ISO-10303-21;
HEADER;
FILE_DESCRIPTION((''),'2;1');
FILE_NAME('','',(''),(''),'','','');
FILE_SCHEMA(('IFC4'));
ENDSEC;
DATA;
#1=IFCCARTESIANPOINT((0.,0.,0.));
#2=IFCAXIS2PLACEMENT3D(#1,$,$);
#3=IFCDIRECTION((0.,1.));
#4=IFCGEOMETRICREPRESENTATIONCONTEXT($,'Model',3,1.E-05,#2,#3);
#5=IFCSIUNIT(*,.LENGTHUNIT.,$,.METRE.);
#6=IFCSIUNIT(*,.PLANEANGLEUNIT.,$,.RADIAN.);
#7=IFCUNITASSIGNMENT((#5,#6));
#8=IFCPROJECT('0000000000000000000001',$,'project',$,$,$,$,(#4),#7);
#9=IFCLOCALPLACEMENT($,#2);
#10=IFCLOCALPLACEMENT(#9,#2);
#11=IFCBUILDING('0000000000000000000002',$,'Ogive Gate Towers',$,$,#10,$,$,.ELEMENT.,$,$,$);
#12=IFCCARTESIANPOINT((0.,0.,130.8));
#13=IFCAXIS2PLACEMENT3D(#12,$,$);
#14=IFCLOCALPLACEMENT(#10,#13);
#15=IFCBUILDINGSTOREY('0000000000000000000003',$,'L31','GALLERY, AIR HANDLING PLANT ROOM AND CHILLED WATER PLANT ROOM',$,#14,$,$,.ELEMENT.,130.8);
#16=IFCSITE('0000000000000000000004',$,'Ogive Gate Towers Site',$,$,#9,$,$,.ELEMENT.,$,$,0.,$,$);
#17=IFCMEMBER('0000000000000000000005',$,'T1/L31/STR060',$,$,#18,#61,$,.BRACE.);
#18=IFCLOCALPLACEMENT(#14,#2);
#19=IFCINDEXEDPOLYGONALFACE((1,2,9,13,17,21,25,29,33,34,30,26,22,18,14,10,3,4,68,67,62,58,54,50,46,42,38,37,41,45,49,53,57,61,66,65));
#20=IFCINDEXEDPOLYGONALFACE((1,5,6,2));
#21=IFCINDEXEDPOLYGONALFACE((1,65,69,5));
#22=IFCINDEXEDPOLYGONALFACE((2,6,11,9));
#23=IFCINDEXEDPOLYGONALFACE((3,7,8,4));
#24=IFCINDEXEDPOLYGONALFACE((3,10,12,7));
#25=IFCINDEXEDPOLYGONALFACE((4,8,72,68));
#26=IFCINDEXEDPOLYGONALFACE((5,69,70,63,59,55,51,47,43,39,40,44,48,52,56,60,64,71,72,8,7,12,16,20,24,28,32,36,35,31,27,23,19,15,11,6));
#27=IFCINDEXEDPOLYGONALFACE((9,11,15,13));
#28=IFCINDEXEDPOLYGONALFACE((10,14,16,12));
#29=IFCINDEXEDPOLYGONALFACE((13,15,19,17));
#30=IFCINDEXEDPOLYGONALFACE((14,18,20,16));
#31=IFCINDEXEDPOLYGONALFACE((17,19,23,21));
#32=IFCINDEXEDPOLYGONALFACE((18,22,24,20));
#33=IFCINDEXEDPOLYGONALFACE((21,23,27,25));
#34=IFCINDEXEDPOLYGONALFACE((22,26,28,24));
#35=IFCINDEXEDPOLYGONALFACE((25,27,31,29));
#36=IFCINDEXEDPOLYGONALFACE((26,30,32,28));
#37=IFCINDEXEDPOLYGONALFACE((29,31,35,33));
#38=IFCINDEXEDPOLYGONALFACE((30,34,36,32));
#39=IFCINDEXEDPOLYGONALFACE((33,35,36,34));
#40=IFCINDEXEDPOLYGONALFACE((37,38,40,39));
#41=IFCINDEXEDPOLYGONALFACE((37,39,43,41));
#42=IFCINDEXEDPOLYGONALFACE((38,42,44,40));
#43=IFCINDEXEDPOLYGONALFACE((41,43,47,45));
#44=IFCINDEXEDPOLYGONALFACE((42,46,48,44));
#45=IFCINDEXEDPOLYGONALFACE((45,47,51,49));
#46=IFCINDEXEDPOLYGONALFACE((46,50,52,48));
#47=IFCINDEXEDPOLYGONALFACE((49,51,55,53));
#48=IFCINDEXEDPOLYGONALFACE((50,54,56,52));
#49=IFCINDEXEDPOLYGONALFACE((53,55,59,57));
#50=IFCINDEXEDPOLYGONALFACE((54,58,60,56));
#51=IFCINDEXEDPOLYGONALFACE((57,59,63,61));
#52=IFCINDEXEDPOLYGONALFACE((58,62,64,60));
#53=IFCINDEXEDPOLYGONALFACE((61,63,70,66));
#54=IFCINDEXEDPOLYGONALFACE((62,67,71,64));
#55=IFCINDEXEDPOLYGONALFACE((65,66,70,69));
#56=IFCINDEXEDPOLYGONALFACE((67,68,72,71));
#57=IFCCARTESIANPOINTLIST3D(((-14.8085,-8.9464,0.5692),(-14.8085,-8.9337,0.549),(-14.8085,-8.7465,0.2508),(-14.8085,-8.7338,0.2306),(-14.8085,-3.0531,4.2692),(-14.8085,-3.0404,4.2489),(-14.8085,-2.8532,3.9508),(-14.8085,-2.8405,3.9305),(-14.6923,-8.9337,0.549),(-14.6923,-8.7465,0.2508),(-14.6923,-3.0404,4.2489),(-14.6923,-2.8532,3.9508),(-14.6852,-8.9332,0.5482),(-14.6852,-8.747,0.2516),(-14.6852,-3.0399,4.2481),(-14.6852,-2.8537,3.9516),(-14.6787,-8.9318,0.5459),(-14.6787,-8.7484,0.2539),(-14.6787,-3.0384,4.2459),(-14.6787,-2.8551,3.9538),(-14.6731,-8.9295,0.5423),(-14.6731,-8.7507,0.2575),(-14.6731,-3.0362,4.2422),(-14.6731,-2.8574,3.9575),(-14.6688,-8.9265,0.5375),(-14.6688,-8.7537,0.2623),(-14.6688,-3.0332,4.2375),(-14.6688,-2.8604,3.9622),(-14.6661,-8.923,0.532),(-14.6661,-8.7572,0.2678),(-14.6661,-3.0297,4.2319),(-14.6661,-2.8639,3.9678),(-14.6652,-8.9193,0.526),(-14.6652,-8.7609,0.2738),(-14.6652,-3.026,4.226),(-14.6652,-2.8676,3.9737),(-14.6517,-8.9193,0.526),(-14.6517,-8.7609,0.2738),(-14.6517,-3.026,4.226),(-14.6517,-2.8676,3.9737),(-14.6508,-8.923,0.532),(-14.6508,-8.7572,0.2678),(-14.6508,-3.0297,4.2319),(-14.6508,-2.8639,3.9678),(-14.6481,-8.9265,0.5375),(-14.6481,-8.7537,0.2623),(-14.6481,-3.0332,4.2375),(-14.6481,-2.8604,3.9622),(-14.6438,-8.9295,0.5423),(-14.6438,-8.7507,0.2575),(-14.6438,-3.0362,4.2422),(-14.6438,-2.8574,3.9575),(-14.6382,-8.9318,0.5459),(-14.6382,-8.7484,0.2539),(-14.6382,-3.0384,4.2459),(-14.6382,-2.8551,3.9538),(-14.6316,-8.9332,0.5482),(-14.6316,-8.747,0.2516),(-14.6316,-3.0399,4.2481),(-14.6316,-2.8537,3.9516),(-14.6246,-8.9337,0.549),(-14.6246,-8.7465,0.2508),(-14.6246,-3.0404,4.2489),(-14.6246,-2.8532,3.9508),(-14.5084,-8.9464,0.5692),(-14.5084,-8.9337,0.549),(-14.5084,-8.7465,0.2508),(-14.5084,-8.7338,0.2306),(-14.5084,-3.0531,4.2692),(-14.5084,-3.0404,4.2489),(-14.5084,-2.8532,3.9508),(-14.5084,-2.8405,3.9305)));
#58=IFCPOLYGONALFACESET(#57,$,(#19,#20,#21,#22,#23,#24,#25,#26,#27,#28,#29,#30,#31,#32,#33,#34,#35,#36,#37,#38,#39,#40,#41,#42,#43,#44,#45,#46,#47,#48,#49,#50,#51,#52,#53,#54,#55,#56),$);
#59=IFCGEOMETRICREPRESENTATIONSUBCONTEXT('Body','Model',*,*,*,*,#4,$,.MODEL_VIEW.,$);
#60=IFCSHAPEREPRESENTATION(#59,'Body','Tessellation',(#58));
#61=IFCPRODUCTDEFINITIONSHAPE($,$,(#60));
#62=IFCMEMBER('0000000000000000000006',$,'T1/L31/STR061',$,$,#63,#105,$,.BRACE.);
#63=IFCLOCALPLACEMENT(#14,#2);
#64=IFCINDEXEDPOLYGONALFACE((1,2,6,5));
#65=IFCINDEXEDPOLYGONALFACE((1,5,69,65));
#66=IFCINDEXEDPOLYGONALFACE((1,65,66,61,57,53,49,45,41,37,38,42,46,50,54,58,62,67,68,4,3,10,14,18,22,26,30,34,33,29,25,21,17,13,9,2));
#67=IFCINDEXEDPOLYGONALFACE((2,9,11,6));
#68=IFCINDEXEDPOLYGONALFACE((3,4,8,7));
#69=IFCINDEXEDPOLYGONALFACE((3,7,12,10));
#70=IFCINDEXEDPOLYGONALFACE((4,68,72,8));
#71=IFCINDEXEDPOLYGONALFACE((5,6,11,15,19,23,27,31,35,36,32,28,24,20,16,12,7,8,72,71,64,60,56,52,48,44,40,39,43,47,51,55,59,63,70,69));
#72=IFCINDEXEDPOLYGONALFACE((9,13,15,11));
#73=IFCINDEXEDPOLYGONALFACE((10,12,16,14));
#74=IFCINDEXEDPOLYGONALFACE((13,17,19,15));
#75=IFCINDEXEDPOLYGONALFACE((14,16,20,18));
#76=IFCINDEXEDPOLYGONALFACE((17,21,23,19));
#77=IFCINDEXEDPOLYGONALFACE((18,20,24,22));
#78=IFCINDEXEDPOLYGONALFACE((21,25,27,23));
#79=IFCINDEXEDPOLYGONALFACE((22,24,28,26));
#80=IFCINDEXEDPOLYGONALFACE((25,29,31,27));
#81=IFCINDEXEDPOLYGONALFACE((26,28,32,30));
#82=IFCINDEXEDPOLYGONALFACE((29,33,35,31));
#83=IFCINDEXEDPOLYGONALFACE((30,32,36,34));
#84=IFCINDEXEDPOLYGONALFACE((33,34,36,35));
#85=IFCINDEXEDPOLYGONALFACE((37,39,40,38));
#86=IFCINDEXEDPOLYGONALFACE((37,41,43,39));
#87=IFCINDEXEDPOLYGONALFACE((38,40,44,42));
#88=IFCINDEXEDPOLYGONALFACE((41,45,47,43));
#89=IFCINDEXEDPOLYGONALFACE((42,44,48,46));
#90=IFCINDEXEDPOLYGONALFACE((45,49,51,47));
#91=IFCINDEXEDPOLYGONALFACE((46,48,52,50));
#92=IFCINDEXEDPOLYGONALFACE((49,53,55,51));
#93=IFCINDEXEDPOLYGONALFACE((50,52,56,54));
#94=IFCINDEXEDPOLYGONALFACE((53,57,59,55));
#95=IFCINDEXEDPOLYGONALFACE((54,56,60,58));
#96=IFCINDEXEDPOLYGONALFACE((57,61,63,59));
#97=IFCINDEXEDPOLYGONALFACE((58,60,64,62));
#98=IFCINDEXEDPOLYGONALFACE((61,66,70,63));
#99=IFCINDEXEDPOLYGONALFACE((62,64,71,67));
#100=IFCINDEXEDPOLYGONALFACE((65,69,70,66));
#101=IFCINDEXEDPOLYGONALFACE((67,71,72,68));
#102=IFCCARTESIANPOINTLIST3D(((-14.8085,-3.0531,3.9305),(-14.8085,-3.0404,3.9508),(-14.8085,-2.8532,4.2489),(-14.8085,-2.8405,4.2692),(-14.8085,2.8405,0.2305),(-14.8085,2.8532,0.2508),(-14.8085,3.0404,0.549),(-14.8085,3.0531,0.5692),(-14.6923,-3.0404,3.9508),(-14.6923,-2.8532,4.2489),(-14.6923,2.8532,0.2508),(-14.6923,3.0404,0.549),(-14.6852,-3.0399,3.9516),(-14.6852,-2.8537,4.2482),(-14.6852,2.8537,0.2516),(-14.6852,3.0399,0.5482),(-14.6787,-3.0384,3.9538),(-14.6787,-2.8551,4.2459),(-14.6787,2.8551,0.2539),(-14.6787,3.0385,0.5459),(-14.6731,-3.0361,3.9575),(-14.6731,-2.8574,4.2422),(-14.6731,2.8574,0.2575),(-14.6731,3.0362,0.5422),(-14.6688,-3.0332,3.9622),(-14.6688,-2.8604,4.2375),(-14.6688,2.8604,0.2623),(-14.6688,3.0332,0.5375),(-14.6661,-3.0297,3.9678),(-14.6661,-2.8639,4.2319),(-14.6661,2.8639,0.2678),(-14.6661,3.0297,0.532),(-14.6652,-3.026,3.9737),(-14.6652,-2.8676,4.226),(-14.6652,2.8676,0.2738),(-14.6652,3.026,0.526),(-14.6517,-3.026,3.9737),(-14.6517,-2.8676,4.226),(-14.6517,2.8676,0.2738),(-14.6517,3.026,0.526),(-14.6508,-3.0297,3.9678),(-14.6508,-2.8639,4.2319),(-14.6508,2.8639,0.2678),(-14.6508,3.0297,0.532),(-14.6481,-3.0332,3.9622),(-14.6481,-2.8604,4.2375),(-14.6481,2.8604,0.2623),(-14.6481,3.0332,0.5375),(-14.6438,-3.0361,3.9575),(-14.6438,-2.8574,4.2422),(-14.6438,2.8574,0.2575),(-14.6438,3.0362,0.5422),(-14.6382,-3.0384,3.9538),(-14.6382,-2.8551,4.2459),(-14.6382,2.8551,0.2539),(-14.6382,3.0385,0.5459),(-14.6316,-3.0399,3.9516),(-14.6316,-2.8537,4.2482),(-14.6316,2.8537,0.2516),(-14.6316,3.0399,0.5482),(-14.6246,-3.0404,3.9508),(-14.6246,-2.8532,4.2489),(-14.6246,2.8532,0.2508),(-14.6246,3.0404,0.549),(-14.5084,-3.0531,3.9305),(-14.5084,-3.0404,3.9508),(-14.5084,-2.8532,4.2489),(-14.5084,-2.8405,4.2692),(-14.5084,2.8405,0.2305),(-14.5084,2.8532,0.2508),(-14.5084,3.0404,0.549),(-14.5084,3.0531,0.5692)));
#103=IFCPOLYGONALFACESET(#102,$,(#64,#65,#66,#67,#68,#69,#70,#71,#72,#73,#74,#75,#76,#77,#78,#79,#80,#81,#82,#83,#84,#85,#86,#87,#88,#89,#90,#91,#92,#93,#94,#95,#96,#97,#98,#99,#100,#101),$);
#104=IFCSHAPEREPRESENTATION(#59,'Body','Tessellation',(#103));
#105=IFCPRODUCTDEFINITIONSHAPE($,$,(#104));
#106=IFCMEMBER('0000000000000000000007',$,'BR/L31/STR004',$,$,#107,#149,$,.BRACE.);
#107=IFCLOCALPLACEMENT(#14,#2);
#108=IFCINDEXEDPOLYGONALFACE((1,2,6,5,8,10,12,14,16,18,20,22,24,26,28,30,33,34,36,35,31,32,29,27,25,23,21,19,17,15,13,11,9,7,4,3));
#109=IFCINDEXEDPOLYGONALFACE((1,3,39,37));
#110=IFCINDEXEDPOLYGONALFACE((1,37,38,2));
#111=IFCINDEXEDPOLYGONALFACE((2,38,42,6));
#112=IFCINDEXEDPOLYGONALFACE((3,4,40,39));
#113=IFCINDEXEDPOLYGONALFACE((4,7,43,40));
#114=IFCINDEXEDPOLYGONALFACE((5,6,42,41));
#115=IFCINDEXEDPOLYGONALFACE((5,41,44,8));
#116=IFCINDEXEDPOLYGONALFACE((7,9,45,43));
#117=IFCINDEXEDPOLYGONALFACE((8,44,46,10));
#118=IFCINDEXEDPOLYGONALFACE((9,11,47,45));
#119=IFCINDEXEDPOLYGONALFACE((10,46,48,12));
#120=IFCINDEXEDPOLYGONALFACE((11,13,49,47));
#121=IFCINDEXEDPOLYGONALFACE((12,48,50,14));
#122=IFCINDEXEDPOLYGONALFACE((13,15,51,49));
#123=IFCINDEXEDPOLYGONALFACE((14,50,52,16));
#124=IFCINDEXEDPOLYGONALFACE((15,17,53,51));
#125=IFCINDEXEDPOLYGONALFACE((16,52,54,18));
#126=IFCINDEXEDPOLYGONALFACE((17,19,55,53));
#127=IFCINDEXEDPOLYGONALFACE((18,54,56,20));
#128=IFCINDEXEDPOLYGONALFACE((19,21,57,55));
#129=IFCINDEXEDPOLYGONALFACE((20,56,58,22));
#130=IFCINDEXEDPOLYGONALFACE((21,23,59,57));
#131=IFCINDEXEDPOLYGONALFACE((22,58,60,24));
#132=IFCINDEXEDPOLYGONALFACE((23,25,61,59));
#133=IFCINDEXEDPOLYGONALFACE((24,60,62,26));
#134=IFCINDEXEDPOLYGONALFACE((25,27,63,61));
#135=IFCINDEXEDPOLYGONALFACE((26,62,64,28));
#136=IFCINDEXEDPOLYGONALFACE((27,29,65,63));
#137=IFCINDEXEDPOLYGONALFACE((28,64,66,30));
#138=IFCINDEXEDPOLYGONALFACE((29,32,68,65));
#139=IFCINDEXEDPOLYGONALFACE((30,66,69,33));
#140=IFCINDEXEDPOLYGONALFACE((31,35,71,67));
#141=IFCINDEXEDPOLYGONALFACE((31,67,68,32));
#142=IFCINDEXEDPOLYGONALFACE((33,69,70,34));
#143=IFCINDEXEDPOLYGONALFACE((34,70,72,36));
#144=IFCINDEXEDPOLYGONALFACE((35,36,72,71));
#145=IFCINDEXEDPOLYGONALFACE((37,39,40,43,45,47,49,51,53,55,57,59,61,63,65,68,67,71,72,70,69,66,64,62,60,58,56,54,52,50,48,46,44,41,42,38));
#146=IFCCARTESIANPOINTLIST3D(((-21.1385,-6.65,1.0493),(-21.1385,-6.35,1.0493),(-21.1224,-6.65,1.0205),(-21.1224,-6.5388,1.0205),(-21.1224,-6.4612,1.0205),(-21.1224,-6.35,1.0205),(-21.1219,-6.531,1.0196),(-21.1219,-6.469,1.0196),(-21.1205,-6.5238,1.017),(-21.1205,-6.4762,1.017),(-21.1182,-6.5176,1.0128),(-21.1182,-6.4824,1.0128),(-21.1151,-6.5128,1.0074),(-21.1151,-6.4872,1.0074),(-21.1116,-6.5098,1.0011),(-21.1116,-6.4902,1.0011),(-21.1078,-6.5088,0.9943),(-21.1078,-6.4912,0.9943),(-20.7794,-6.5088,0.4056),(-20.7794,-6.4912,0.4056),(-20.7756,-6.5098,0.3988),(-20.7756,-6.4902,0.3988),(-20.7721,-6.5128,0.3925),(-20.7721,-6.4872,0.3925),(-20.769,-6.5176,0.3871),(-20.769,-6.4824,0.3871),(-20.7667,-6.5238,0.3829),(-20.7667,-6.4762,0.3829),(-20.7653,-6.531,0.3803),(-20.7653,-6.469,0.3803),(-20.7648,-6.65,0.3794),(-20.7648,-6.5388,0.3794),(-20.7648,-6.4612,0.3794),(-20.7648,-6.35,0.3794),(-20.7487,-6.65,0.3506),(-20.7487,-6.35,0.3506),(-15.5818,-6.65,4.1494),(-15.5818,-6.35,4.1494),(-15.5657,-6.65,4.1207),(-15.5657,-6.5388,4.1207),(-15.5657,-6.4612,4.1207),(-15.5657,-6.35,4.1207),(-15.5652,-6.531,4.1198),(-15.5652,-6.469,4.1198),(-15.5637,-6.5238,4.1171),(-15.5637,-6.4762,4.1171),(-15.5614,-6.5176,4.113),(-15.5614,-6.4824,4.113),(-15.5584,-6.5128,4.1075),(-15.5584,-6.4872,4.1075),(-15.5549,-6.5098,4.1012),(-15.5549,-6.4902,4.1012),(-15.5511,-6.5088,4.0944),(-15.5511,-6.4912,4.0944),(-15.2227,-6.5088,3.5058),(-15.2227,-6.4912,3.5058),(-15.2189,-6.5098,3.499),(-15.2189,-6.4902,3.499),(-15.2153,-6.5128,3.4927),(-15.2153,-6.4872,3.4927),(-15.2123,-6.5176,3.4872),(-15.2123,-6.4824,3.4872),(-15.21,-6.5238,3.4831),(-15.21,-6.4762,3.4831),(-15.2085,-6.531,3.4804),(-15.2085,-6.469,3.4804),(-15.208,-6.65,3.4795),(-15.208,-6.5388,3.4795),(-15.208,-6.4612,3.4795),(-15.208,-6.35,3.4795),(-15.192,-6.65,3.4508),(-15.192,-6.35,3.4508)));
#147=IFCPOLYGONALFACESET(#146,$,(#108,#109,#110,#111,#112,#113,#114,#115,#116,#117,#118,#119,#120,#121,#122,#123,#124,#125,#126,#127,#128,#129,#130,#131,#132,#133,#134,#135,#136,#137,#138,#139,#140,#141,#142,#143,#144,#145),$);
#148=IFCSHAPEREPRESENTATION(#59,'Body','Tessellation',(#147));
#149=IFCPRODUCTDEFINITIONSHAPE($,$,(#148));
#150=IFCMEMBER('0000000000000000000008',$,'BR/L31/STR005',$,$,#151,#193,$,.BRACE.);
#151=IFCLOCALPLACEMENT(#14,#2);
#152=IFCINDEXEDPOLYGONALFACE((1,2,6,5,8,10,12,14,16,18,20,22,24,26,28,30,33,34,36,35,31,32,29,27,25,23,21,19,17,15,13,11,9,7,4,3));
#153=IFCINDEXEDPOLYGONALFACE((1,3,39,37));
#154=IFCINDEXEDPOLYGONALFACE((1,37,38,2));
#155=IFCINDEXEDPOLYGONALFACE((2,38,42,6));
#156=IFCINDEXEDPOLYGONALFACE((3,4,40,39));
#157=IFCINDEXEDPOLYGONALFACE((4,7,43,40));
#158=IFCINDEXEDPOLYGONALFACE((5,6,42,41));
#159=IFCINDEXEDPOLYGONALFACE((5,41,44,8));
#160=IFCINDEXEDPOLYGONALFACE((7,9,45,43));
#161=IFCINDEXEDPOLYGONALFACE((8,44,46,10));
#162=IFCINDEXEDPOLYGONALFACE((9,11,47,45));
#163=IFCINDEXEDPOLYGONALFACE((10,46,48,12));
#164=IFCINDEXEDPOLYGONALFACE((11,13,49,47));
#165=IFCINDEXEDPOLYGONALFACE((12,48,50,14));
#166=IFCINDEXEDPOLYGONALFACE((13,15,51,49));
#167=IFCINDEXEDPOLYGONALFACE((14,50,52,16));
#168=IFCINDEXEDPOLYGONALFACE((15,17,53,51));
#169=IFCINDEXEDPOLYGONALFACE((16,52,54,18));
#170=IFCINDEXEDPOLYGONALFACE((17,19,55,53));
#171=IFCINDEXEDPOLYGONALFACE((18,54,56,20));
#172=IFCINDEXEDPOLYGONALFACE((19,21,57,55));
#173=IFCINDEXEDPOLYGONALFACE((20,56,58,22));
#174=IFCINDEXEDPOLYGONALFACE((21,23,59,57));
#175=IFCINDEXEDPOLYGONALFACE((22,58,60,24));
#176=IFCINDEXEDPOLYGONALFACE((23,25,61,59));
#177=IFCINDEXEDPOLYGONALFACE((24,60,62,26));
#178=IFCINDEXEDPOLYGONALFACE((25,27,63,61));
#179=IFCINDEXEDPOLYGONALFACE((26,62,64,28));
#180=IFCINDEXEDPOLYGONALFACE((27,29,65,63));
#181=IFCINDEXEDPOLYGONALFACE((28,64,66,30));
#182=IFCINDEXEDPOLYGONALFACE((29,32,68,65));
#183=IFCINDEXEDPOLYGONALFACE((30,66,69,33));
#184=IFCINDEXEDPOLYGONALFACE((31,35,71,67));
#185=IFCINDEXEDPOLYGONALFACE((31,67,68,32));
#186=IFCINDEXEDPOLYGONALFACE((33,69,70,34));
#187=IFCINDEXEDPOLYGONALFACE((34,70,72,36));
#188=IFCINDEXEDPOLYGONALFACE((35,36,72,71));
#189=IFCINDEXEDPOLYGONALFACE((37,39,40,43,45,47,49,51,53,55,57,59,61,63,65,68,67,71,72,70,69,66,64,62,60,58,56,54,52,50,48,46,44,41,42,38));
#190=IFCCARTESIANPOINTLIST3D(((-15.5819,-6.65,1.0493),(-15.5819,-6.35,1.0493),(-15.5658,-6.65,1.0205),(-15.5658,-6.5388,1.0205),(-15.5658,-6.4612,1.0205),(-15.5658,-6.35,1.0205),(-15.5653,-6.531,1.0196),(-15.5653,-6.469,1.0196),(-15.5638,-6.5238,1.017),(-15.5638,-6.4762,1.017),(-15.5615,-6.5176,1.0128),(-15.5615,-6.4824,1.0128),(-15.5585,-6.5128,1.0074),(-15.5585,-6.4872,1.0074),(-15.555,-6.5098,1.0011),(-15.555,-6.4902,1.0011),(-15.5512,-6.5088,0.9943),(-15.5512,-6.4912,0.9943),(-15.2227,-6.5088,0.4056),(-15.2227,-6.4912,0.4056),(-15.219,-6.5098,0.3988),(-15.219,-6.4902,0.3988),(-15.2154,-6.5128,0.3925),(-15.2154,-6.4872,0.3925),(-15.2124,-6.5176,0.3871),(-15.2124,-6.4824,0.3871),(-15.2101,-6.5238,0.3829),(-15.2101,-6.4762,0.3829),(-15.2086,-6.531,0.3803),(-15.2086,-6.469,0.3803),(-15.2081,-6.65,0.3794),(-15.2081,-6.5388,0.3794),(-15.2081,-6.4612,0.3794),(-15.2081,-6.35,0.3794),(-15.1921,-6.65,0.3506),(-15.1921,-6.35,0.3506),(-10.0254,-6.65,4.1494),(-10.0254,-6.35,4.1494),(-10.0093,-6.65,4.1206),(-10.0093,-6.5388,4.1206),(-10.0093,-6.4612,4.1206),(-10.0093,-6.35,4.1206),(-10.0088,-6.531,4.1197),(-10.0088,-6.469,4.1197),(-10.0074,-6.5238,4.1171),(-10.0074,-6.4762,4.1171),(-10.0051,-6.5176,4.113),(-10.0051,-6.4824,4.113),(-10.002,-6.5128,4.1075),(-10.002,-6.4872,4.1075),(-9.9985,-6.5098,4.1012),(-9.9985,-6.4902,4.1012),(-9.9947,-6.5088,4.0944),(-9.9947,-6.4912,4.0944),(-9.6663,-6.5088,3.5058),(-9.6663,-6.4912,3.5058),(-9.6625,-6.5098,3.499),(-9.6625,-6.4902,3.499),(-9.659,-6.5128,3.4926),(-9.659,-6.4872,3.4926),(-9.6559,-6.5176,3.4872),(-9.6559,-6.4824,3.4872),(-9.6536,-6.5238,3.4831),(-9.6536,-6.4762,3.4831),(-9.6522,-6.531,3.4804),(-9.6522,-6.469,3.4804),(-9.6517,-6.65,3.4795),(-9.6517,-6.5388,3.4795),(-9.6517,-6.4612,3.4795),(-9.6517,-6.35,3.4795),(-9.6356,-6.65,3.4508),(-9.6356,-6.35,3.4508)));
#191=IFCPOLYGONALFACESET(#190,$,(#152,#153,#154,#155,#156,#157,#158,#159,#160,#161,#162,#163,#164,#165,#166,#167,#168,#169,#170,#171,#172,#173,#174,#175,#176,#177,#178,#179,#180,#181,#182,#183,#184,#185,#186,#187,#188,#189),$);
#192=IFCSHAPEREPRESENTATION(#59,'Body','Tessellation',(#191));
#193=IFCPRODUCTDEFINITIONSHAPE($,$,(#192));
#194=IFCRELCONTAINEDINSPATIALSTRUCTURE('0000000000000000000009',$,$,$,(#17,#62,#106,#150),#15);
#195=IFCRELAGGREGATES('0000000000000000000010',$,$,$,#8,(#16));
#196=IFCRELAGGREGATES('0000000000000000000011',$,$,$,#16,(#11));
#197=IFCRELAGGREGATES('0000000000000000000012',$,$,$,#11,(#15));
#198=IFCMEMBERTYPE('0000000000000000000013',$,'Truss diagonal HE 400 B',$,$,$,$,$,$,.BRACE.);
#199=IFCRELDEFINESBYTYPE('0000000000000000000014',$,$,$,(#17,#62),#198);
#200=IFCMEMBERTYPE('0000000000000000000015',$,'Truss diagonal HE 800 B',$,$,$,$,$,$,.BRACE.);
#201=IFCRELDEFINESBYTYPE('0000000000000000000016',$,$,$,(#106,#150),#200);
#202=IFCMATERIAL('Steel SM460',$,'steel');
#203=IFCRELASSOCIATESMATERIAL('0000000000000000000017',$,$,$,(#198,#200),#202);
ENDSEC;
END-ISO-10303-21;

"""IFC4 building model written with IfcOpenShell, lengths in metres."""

from ifc_helpers import new_model, si_unit, direction, frame, origin, origin_2d, place, context, subcontext, project, spatial, i_section, extrude, material, material_profile, profile_set, type_object, element, save


model = new_model("IFC4")

# Units and contexts
model_context = context("Model", 3, precision=1e-05, world=origin(), true_north=direction((0.0, 1.0)))
body_context = subcontext(model_context, "Body", "Model", "MODEL_VIEW")
ifc_project = project(units=[si_unit("LENGTHUNIT", "METRE"), si_unit("PLANEANGLEUNIT", "RADIAN")], contexts=[model_context])

# Site, building, storey
site_placement = place(None, origin())
site = spatial("IfcSite", under=ifc_project, at=site_placement, Name="Ogive Gate Towers Site", CompositionType="ELEMENT", RefElevation=0.0)
building_placement = place(site_placement, origin())
building = spatial("IfcBuilding", under=site, at=building_placement, Name="Ogive Gate Towers", CompositionType="ELEMENT")
storey_placement = place(building_placement, frame((0.0, 0.0, 130.8)))
storey = spatial("IfcBuildingStorey", under=building, at=storey_placement, Name="L31", Description="GALLERY, AIR HANDLING PLANT ROOM AND CHILLED WATER PLANT ROOM", CompositionType="ELEMENT", Elevation=130.8)

# Shared definitions
ifc_material_1 = material(Name="Steel SM460", Category="steel")

# Members
ifc_material_profile_1 = material_profile(ifc_material_1, i_section(OverallWidth=0.3, OverallDepth=0.3999, WebThickness=0.0134, FlangeThickness=0.0239, FilletRadius=0.0271, at=origin_2d()), Name="HE 400 B")
ifc_profile_set_1 = profile_set([ifc_material_profile_1], Name="Steel SM460")
member_type_1 = type_object("IfcMemberType", Name="Truss diagonal HE 400 B", PredefinedType="BRACE", material=ifc_profile_set_1)
for number, where, z_axis, x_axis, name in (
    (1, (-14.6584, -8.8401, 0.3999), (0.0, 0.846922, 0.531717), (-1.0, 0.0, 0.0), "T1/L31/STR060"),
):
    element("IfcMember", number, at=place(storey_placement, frame(where, z_axis=z_axis, x_axis=x_axis)), inside=storey, type_object=member_type_1, Name=name, PredefinedType="BRACE", context=body_context, shape_type="SweptSolid", body=[
        extrude(i_section(OverallWidth=0.3, OverallDepth=0.3999, WebThickness=0.0134, FlangeThickness=0.0239, FilletRadius=0.0271, at=origin_2d()), origin(), (0.0, 0.0, 1.0), 6.9585),
    ])
member_1_placement = place(storey_placement, frame((-14.6584, -2.9468, 4.0999), z_axis=(0.0, 0.846932, -0.531701), x_axis=(-1.0, 0.0, 0.0)))
element("IfcMember", 2, at=member_1_placement, inside=storey, type_object=member_type_1, Name="T1/L31/STR061", PredefinedType="BRACE", context=body_context, shape_type="SweptSolid", body=[
    extrude(i_section(OverallWidth=0.3, OverallDepth=0.3999, WebThickness=0.0134, FlangeThickness=0.0239, FilletRadius=0.0271, at=origin_2d()), origin(), (0.0, 0.0, 1.0), 6.9587),
])
ifc_material_profile_2 = material_profile(ifc_material_1, i_section(OverallWidth=0.3, OverallDepth=0.8, WebThickness=0.0176, FlangeThickness=0.033, FilletRadius=0.03, at=origin_2d()), Name="HE 800 B")
ifc_profile_set_2 = profile_set([ifc_material_profile_2], Name="Steel SM460")
member_type_2 = type_object("IfcMemberType", Name="Truss diagonal HE 800 B", PredefinedType="BRACE", material=ifc_profile_set_2)
member_2_placement = place(storey_placement, frame((-20.9436, -6.5, 0.7), z_axis=(0.873284, 0.0, 0.487212), x_axis=(0.0, 1.0, 0.0)))
element("IfcMember", 3, at=member_2_placement, inside=storey, type_object=member_type_2, Name="BR/L31/STR004", PredefinedType="BRACE", context=body_context, shape_type="SweptSolid", body=[
    extrude(i_section(OverallWidth=0.3, OverallDepth=0.8, WebThickness=0.0176, FlangeThickness=0.033, FilletRadius=0.03, at=origin_2d()), origin(), (0.0, 0.0, 1.0), 6.363),
])
member_3_placement = place(storey_placement, frame((-15.387, -6.5, 0.7), z_axis=(0.873274, 0.0, 0.487229), x_axis=(0.0, 1.0, 0.0)))
element("IfcMember", 4, at=member_3_placement, inside=storey, type_object=member_type_2, Name="BR/L31/STR005", PredefinedType="BRACE", context=body_context, shape_type="SweptSolid", body=[
    extrude(i_section(OverallWidth=0.3, OverallDepth=0.8, WebThickness=0.0176, FlangeThickness=0.033, FilletRadius=0.03, at=origin_2d()), origin(), (0.0, 0.0, 1.0), 6.3628),
])

save(model, "model.ifc")
